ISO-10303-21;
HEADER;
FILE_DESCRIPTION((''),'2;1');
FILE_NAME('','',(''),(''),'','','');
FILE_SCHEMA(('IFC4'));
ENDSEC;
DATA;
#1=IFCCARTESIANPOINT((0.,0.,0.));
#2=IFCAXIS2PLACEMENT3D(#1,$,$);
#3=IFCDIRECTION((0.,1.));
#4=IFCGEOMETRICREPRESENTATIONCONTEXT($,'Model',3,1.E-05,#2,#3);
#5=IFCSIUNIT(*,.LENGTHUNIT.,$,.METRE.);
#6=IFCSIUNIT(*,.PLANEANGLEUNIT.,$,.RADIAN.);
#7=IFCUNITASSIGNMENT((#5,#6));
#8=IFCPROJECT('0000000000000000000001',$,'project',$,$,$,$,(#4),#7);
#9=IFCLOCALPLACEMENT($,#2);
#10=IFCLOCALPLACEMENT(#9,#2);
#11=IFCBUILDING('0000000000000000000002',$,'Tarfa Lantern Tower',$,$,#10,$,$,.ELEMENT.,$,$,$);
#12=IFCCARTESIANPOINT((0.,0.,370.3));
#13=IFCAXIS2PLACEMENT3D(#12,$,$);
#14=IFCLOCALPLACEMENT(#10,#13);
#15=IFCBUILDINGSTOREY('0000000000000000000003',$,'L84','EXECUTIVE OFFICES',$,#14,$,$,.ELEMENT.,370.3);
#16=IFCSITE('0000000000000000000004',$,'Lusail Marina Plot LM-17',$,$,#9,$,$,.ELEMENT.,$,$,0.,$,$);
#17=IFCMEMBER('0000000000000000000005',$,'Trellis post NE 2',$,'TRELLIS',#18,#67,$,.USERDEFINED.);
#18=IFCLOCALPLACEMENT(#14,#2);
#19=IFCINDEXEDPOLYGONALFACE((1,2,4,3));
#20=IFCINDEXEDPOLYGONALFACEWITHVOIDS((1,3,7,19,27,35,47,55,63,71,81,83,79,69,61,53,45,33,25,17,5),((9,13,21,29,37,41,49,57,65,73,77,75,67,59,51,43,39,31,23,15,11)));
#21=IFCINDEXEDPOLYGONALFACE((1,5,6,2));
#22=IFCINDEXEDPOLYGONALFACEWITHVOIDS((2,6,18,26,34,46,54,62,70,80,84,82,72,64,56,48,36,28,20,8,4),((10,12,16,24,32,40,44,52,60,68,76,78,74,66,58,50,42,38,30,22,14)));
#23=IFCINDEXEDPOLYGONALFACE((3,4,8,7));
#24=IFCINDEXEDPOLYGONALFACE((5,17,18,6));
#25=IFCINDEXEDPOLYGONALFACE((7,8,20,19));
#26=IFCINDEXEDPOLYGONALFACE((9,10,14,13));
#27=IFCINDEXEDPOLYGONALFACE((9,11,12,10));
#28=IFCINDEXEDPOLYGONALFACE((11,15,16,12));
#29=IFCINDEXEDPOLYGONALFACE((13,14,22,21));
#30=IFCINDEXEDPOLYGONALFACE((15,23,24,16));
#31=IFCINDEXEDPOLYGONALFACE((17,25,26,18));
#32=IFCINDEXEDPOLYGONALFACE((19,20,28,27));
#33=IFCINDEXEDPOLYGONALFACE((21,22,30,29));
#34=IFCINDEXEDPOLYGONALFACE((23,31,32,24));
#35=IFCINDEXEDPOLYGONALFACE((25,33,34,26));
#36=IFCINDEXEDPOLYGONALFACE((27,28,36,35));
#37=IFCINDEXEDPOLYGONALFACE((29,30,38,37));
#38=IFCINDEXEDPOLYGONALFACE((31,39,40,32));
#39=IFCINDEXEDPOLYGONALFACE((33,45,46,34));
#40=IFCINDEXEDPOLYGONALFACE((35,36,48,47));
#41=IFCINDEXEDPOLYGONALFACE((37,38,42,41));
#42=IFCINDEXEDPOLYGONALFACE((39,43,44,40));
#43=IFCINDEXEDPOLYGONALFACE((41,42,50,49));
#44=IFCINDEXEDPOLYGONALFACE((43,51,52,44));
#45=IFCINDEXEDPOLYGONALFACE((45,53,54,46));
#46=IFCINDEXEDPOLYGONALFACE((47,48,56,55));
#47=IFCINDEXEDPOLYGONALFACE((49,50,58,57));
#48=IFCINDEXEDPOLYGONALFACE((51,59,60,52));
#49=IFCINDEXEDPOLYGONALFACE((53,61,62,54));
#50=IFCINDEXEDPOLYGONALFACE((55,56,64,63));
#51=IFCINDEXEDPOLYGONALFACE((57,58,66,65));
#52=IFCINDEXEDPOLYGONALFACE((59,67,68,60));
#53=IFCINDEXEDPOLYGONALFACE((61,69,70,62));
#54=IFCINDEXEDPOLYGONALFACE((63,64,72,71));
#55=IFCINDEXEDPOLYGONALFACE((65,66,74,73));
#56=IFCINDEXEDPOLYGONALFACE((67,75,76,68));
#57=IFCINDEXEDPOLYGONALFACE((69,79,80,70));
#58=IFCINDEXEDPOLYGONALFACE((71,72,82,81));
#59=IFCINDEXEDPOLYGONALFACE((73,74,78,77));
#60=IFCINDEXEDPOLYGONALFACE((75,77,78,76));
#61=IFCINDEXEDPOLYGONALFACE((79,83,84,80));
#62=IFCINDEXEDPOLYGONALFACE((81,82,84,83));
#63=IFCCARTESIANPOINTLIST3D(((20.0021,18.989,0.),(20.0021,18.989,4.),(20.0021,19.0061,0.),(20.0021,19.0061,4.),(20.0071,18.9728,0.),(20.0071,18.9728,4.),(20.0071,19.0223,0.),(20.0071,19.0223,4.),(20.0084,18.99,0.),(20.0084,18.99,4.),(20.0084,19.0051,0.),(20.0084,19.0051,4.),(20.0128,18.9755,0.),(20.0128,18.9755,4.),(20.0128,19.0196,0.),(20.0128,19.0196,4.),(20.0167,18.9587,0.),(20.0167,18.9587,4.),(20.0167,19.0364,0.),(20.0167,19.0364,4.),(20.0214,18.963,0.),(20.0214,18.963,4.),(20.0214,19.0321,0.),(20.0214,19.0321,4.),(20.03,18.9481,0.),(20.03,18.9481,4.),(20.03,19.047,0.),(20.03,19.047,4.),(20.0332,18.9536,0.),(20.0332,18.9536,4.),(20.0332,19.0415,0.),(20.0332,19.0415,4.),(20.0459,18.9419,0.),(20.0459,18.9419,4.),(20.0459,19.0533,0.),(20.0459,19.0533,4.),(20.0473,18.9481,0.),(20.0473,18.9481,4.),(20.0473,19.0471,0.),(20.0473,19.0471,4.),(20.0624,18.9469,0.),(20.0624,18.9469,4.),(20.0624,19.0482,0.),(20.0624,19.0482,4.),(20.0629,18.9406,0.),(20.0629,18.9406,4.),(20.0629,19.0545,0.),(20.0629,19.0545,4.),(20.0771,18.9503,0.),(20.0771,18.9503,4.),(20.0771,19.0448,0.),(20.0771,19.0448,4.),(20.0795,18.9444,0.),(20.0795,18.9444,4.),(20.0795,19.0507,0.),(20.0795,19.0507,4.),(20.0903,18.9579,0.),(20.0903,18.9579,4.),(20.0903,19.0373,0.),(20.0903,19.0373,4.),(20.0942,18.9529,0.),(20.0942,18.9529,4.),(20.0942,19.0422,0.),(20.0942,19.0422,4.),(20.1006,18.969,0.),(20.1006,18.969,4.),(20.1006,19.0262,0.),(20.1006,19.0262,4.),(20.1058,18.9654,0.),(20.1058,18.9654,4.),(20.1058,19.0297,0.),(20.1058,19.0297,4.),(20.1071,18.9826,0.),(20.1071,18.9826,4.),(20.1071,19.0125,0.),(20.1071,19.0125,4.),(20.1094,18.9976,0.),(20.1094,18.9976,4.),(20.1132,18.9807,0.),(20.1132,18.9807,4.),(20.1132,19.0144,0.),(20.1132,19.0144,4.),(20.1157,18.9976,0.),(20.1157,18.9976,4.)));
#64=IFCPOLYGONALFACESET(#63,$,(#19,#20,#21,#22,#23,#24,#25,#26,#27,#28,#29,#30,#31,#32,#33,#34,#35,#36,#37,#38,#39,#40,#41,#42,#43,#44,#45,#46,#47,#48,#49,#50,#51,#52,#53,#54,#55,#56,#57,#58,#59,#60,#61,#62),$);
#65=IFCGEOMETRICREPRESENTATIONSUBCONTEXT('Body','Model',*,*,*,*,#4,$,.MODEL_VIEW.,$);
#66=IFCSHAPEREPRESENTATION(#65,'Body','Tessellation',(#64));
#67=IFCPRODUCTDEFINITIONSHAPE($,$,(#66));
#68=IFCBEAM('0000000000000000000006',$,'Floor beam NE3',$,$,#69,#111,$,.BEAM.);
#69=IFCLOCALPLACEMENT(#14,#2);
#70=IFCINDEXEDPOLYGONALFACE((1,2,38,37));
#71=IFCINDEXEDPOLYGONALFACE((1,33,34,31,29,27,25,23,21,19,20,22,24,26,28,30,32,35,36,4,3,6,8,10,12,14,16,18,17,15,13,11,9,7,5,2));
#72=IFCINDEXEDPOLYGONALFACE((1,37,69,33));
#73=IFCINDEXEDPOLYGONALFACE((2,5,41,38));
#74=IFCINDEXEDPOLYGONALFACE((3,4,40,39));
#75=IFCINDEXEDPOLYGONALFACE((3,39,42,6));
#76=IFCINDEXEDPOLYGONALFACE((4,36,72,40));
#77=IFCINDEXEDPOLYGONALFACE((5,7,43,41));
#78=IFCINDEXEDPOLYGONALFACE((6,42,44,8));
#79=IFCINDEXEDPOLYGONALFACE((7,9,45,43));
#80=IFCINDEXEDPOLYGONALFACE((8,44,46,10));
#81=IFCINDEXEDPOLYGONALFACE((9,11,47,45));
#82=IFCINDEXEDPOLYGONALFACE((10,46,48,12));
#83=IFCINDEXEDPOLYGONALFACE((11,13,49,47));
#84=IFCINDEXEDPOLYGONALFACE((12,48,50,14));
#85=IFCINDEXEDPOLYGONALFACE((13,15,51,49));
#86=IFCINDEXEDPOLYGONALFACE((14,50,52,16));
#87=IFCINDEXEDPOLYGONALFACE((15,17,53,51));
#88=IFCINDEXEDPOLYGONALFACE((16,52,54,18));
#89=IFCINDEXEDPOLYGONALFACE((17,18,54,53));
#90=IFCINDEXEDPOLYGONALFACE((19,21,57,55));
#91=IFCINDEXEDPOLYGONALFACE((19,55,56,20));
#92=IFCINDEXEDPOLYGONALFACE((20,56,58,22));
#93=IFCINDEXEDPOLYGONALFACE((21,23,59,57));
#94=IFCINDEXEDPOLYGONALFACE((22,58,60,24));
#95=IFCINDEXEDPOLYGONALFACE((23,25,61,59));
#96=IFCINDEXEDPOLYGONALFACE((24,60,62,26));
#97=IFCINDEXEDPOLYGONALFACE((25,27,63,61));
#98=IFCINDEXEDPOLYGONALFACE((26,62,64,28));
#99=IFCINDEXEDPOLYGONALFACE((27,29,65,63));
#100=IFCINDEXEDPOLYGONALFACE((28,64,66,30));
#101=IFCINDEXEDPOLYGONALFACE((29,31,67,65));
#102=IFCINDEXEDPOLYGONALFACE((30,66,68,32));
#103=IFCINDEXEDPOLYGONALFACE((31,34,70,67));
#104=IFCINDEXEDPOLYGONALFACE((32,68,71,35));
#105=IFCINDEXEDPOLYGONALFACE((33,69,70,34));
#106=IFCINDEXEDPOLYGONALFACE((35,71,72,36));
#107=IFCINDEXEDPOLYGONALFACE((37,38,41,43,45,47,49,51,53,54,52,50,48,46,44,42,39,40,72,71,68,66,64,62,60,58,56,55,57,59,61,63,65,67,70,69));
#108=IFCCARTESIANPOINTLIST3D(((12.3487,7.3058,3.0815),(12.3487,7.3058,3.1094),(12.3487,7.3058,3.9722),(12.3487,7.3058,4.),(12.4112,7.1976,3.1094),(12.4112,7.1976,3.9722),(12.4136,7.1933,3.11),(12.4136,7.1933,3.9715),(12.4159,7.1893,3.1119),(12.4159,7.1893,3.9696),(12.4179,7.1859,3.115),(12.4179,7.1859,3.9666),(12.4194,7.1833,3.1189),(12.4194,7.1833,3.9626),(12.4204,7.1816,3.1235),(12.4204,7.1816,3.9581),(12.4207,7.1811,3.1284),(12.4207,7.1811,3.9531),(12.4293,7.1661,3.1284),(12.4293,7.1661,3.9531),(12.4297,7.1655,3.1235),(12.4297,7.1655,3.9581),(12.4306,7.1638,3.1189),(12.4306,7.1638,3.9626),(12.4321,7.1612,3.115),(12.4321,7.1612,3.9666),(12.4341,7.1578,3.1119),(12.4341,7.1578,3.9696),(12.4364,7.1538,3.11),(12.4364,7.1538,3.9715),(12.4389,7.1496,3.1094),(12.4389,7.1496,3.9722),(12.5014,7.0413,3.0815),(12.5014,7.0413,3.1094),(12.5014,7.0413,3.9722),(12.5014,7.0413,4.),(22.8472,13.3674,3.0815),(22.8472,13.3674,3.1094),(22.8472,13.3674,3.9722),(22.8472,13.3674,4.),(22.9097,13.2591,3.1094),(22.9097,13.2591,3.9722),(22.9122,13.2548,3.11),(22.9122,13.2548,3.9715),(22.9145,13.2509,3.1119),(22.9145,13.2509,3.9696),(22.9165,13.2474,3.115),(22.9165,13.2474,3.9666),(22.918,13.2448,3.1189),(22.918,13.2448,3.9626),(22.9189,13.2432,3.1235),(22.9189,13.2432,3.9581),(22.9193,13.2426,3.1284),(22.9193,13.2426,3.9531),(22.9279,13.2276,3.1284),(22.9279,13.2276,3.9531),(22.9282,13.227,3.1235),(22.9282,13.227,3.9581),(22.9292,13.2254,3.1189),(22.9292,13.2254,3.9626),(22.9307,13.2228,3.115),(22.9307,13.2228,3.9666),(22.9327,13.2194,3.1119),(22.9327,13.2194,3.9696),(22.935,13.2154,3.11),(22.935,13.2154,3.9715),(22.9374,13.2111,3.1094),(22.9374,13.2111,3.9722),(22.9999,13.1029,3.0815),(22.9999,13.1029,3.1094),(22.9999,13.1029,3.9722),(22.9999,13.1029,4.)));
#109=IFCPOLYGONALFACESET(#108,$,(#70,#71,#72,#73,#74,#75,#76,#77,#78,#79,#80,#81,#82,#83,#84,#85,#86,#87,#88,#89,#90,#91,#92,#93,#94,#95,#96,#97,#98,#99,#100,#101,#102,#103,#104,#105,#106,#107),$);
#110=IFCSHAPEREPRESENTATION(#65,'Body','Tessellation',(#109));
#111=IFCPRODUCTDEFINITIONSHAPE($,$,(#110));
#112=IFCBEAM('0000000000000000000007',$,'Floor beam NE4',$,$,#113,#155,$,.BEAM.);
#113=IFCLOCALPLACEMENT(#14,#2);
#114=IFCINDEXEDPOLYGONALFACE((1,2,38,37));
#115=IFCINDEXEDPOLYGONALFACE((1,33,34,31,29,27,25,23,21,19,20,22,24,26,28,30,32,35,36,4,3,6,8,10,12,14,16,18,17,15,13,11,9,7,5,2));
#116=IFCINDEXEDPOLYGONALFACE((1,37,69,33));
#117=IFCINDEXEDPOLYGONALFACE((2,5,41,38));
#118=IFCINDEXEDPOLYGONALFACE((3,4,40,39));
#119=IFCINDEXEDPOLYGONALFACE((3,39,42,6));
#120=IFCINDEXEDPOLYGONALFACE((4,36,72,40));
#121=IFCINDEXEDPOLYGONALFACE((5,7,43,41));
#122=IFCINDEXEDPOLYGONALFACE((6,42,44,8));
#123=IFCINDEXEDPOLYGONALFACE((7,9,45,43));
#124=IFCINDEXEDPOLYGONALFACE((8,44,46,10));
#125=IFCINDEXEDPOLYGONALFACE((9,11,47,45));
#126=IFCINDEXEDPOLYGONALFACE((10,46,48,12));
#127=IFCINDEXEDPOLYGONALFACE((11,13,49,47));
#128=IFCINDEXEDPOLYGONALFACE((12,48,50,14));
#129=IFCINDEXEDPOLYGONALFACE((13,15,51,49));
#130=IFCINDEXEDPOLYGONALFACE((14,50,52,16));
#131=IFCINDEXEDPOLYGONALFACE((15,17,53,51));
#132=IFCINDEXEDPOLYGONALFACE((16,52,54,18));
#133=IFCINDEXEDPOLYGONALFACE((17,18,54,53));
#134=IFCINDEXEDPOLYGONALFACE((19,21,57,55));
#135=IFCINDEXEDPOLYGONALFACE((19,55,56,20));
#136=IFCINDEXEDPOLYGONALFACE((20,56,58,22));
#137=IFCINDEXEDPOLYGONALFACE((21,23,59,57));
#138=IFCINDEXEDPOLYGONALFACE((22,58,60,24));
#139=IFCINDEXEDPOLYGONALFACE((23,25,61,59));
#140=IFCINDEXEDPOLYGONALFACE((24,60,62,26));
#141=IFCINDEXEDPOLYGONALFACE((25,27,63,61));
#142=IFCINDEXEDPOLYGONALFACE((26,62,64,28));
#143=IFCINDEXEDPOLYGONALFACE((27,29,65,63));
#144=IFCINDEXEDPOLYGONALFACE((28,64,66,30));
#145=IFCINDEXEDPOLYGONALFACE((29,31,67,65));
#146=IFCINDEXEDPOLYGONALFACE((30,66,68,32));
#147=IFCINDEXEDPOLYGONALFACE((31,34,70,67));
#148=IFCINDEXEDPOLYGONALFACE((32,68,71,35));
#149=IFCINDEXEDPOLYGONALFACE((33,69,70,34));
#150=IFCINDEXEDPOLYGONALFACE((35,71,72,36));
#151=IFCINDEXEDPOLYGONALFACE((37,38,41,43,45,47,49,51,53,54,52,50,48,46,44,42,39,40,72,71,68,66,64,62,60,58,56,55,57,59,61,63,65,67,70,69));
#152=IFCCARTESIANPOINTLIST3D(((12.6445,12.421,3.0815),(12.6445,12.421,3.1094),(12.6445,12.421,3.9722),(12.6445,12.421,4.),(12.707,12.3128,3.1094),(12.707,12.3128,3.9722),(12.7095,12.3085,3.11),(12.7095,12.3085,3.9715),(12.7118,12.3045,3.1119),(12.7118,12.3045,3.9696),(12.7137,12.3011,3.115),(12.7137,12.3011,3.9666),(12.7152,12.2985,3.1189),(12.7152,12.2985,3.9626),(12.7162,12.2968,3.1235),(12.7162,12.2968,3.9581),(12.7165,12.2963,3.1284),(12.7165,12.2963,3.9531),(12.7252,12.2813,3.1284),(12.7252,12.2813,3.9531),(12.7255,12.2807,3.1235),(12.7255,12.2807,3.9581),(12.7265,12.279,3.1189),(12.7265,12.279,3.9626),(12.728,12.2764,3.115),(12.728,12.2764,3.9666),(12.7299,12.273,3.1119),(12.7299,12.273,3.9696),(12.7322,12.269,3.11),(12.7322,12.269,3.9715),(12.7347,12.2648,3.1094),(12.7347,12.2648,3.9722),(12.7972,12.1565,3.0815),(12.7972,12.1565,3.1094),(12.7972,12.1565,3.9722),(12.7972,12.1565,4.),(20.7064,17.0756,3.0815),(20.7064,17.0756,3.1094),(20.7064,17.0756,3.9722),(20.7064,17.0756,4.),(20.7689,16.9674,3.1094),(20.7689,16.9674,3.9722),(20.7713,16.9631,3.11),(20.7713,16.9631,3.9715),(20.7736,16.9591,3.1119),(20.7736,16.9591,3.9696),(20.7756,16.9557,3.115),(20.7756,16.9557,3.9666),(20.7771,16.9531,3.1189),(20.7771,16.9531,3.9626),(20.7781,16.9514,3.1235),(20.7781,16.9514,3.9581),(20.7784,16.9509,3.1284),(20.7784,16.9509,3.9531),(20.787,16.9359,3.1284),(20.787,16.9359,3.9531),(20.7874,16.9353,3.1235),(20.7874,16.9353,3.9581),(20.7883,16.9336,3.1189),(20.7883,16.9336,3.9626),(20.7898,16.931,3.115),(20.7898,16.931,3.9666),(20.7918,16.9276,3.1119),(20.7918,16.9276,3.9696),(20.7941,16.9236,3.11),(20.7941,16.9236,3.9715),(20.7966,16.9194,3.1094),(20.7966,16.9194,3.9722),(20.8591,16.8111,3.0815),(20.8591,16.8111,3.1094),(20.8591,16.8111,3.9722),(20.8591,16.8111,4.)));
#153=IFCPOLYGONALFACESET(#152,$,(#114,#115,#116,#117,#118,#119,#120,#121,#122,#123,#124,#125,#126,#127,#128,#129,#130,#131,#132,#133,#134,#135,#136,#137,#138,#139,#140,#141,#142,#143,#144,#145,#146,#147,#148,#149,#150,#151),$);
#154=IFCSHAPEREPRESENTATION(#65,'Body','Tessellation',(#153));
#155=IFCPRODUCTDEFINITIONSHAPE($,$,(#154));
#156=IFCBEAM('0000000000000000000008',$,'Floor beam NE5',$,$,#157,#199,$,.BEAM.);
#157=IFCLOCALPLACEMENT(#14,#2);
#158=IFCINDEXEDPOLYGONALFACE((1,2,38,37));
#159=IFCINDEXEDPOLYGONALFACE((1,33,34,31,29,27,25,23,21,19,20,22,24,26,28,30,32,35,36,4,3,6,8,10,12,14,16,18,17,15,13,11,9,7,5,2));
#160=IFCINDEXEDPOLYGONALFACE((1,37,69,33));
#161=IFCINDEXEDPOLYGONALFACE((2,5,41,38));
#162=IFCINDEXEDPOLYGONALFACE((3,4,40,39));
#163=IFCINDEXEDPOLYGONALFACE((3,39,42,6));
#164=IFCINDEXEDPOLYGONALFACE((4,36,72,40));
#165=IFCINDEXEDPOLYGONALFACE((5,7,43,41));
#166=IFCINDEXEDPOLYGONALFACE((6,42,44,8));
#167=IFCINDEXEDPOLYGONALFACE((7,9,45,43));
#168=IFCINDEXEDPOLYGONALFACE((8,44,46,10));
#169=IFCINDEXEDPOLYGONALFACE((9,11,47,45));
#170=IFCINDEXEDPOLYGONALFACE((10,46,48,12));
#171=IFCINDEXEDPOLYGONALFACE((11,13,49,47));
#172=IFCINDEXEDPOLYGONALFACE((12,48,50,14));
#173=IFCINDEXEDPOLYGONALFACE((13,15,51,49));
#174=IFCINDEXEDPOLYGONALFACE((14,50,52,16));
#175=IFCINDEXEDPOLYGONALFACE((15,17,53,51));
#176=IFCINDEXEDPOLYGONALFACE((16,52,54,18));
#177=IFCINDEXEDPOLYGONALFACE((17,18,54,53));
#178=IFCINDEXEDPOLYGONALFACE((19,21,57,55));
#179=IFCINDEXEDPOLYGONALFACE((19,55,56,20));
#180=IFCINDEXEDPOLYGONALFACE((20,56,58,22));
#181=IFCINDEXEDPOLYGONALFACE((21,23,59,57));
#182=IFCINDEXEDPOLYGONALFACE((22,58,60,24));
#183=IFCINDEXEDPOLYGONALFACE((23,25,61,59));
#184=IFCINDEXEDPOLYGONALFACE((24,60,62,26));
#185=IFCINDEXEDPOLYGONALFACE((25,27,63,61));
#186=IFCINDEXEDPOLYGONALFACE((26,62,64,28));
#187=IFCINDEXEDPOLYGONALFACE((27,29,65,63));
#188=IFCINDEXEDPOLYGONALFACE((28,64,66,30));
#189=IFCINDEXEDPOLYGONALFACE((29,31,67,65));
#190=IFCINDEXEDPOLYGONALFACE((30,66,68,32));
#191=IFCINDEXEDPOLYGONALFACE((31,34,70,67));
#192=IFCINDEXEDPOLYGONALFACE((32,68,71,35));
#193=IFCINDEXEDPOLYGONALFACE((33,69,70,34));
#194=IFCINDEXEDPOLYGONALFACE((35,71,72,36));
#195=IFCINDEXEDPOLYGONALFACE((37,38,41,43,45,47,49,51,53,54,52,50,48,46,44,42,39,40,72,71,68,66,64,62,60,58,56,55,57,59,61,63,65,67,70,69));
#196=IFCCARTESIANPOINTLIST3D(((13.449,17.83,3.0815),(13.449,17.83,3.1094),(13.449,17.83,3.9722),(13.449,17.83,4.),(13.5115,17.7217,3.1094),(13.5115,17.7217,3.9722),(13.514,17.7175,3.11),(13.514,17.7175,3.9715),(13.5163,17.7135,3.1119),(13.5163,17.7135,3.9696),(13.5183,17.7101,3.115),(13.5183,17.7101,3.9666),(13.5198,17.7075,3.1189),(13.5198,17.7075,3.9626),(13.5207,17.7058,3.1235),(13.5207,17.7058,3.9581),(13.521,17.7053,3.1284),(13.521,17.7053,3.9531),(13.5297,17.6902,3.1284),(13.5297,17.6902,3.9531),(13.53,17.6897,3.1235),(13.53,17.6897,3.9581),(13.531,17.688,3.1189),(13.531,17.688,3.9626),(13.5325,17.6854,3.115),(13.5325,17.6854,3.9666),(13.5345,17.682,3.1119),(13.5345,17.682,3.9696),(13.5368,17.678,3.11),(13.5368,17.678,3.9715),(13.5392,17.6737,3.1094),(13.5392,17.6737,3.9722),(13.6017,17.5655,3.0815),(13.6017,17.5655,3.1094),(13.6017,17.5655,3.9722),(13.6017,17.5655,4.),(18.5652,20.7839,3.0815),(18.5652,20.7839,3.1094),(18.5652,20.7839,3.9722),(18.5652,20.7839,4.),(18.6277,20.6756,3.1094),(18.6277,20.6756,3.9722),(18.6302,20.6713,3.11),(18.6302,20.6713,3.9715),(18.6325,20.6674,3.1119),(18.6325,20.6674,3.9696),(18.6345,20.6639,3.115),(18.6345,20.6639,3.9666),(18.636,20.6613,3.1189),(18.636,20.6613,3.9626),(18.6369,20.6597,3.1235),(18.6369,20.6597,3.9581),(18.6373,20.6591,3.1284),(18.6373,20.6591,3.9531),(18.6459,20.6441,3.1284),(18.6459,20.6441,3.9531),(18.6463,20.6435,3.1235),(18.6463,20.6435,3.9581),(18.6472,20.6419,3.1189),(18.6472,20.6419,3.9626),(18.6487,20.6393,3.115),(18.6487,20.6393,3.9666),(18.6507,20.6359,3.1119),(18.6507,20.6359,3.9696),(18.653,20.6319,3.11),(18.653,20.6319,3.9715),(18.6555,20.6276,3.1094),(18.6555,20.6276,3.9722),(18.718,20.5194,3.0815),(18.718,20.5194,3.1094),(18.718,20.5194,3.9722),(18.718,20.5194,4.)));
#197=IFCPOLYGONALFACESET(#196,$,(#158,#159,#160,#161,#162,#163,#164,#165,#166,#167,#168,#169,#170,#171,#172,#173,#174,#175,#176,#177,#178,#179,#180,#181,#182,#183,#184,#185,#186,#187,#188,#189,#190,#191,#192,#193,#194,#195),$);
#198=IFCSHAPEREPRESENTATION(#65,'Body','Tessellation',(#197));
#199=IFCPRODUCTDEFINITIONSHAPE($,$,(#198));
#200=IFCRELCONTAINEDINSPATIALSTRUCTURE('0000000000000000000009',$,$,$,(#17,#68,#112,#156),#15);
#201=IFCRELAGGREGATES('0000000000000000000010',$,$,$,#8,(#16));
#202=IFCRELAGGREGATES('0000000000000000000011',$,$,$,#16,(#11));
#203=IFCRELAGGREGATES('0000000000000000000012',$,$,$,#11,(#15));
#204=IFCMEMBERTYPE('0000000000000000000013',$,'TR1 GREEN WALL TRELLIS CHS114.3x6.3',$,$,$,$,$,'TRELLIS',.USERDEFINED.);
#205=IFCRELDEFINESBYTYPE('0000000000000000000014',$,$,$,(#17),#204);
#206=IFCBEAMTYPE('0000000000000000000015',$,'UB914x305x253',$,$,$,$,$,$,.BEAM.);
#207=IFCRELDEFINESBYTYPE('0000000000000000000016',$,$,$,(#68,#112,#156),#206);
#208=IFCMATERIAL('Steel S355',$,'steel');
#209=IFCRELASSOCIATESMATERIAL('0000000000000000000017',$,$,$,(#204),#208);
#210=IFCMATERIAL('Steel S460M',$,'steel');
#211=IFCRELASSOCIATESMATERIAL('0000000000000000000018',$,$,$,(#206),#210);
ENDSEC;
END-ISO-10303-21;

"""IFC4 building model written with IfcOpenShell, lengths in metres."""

from ifc_helpers import new_model, si_unit, direction, frame, origin, origin_2d, place, context, subcontext, project, spatial, hollow_circle, i_section, extrude, material, material_profile, profile_set, type_object, element, save


model = new_model("IFC4")

# Units and contexts
model_context = context("Model", 3, precision=1e-05, world=origin(), true_north=direction((0.0, 1.0)))
body_context = subcontext(model_context, "Body", "Model", "MODEL_VIEW")
ifc_project = project(units=[si_unit("LENGTHUNIT", "METRE"), si_unit("PLANEANGLEUNIT", "RADIAN")], contexts=[model_context])

# Site, building, storey
site_placement = place(None, origin())
site = spatial("IfcSite", under=ifc_project, at=site_placement, Name="Lusail Marina Plot LM-17", CompositionType="ELEMENT", RefElevation=0.0)
building_placement = place(site_placement, origin())
building = spatial("IfcBuilding", under=site, at=building_placement, Name="Tarfa Lantern Tower", CompositionType="ELEMENT")
storey_placement = place(building_placement, frame((0.0, 0.0, 370.3)))
storey = spatial("IfcBuildingStorey", under=building, at=storey_placement, Name="L84", Description="EXECUTIVE OFFICES", CompositionType="ELEMENT", Elevation=370.3)

# Member
ifc_material_1 = material(Name="Steel S355", Category="steel")
ifc_material_profile_1 = material_profile(ifc_material_1, hollow_circle(Radius=0.0571, WallThickness=0.0063, at=origin_2d()), Name="CHS114.3x6.3")
ifc_profile_set_1 = profile_set([ifc_material_profile_1], Name="Steel S355")
member_type_1 = type_object("IfcMemberType", Name="TR1 GREEN WALL TRELLIS CHS114.3x6.3", ElementType="TRELLIS", PredefinedType="USERDEFINED", material=ifc_profile_set_1)
member_1_placement = place(storey_placement, frame((20.0586, 18.9976, 0.0), z_axis=(0.0, 0.0, 1.0), x_axis=(1.0, 0.0, 0.0)))
element("IfcMember", 1, at=member_1_placement, inside=storey, type_object=member_type_1, Name="Trellis post NE 2", ObjectType="TRELLIS", PredefinedType="USERDEFINED", context=body_context, shape_type="SweptSolid", body=[
    extrude(hollow_circle(Radius=0.0571, WallThickness=0.0063, at=origin_2d()), origin(), (0.0, 0.0, 1.0), 4.0),
])

# Beams
ifc_material_2 = material(Name="Steel S460M", Category="steel")
ifc_material_profile_2 = material_profile(ifc_material_2, i_section(OverallWidth=0.3054, OverallDepth=0.9185, WebThickness=0.0173, FlangeThickness=0.0278, FilletRadius=0.019, at=origin_2d()), Name="UB914x305x253")
ifc_profile_set_2 = profile_set([ifc_material_profile_2], Name="Steel S460M")
beam_type_1 = type_object("IfcBeamType", Name="UB914x305x253", PredefinedType="BEAM", material=ifc_profile_set_2)
beam_1_placement = place(storey_placement, frame((22.9236, 13.2351, 3.5408), z_axis=(-0.866019, -0.500012, 0.0), x_axis=(0.500012, -0.866019, 0.0)))
element("IfcBeam", 2, at=beam_1_placement, inside=storey, type_object=beam_type_1, Name="Floor beam NE3", PredefinedType="BEAM", context=body_context, shape_type="SweptSolid", body=[
    extrude(i_section(OverallWidth=0.3054, OverallDepth=0.9185, WebThickness=0.0173, FlangeThickness=0.0278, FilletRadius=0.019, at=origin_2d()), origin(), (0.0, 0.0, 1.0), 12.1228),
])
beam_2_placement = place(storey_placement, frame((20.7827, 16.9434, 3.5408), z_axis=(-0.866022, -0.500006, 0.0), x_axis=(0.500006, -0.866022, 0.0)))
element("IfcBeam", 3, at=beam_2_placement, inside=storey, type_object=beam_type_1, Name="Floor beam NE4", PredefinedType="BEAM", context=body_context, shape_type="SweptSolid", body=[
    extrude(i_section(OverallWidth=0.3054, OverallDepth=0.9185, WebThickness=0.0173, FlangeThickness=0.0278, FilletRadius=0.019, at=origin_2d()), origin(), (0.0, 0.0, 1.0), 9.3091),
])
beam_3_placement = place(storey_placement, frame((18.6416, 20.6516, 3.5408), z_axis=(-0.866025, -0.500001, 0.0), x_axis=(0.500001, -0.866025, 0.0)))
element("IfcBeam", 4, at=beam_3_placement, inside=storey, type_object=beam_type_1, Name="Floor beam NE5", PredefinedType="BEAM", context=body_context, shape_type="SweptSolid", body=[
    extrude(i_section(OverallWidth=0.3054, OverallDepth=0.9185, WebThickness=0.0173, FlangeThickness=0.0278, FilletRadius=0.019, at=origin_2d()), origin(), (0.0, 0.0, 1.0), 5.9077),
])

save(model, "model.ifc")
